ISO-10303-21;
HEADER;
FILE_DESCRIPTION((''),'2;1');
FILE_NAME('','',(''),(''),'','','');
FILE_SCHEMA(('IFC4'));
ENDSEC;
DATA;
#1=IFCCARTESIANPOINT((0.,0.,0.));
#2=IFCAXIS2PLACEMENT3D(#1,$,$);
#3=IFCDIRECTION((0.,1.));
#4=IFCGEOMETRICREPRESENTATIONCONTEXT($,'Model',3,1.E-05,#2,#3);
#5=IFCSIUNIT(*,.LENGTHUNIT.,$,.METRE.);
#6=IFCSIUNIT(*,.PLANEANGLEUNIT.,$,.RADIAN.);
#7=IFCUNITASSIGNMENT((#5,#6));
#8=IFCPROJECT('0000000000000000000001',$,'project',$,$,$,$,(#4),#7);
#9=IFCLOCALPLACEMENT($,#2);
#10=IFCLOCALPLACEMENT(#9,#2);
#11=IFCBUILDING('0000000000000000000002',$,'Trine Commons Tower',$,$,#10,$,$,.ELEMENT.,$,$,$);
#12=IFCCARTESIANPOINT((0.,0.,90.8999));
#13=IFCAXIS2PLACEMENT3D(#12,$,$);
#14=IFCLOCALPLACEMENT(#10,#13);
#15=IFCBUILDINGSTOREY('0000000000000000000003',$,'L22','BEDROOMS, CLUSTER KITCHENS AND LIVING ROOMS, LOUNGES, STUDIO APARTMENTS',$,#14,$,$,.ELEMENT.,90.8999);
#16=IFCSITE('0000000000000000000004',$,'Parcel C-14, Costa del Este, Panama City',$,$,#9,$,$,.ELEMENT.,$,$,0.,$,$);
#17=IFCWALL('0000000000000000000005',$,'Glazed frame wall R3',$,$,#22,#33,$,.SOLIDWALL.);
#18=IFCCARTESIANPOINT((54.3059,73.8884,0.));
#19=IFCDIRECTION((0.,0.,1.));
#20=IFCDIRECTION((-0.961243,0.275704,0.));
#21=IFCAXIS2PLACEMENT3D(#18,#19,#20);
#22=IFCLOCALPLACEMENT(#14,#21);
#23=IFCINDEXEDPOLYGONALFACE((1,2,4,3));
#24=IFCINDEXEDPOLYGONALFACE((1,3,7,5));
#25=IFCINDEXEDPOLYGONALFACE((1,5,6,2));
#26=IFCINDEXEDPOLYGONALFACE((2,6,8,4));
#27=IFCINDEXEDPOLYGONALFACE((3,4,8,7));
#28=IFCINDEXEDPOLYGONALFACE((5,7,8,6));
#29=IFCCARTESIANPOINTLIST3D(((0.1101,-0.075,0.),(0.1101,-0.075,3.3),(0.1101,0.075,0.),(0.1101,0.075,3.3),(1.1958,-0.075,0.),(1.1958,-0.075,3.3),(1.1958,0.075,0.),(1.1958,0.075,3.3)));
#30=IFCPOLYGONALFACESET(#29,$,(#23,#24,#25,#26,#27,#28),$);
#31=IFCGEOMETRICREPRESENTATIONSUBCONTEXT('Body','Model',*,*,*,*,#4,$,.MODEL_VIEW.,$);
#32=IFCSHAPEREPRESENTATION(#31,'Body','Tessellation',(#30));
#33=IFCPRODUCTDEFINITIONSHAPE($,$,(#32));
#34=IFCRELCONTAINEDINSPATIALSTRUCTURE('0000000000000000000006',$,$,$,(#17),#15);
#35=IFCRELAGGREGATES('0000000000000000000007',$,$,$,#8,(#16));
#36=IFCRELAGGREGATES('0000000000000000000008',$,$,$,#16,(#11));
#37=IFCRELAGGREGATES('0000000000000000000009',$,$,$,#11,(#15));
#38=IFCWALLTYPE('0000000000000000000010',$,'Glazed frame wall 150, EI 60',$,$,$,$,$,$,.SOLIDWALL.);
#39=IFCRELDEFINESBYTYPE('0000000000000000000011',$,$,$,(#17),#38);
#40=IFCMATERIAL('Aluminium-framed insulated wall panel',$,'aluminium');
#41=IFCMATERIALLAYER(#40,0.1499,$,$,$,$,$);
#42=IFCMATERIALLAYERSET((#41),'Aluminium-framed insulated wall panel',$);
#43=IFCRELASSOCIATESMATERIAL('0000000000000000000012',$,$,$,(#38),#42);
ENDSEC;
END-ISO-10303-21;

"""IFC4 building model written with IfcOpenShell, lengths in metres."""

from ifc_helpers import new_model, si_unit, direction, frame, origin, place, context, subcontext, project, spatial, polyline, outline, extrude, material, layer, layer_set, type_object, element, save


model = new_model("IFC4")

# Units and contexts
model_context = context("Model", 3, precision=1e-05, world=origin(), true_north=direction((0.0, 1.0)))
body_context = subcontext(model_context, "Body", "Model", "MODEL_VIEW")
ifc_project = project(units=[si_unit("LENGTHUNIT", "METRE"), si_unit("PLANEANGLEUNIT", "RADIAN")], contexts=[model_context])

# Site, building, storey
site_placement = place(None, origin())
site = spatial("IfcSite", under=ifc_project, at=site_placement, Name="Parcel C-14, Costa del Este, Panama City", CompositionType="ELEMENT", RefElevation=0.0)
building_placement = place(site_placement, origin())
building = spatial("IfcBuilding", under=site, at=building_placement, Name="Trine Commons Tower", CompositionType="ELEMENT")
storey_placement = place(building_placement, frame((0.0, 0.0, 90.8999)))
storey = spatial("IfcBuildingStorey", under=building, at=storey_placement, Name="L22", Description="BEDROOMS, CLUSTER KITCHENS AND LIVING ROOMS, LOUNGES, STUDIO APARTMENTS", CompositionType="ELEMENT", Elevation=90.8999)

# Shared definitions
ifc_material_1 = material(Name="Aluminium-framed insulated wall panel", Category="aluminium")
ifc_layer_1 = layer(ifc_material_1, 0.1499)
ifc_layer_set_1 = layer_set([ifc_layer_1], Name="Aluminium-framed insulated wall panel")
wall_type_1 = type_object("IfcWallType", Name="Glazed frame wall 150, EI 60", PredefinedType="SOLIDWALL", material=ifc_layer_set_1)

# Wall
wall_1_placement = place(storey_placement, frame((54.3059, 73.8884, 0.0), z_axis=(0.0, 0.0, 1.0), x_axis=(-0.961243, 0.275704, 0.0)))
element("IfcWall", 1, at=wall_1_placement, inside=storey, type_object=wall_type_1, Name="Glazed frame wall R3", PredefinedType="SOLIDWALL", context=body_context, shape_type="SweptSolid", body=[
    extrude(outline(polyline([(0.1101, 0.075), (0.1101, -0.075), (1.1958, -0.075), (1.1958, 0.075), (0.1101, 0.075)])), origin(), (0.0, 0.0, 1.0), 3.3),
])

save(model, "model.ifc")
